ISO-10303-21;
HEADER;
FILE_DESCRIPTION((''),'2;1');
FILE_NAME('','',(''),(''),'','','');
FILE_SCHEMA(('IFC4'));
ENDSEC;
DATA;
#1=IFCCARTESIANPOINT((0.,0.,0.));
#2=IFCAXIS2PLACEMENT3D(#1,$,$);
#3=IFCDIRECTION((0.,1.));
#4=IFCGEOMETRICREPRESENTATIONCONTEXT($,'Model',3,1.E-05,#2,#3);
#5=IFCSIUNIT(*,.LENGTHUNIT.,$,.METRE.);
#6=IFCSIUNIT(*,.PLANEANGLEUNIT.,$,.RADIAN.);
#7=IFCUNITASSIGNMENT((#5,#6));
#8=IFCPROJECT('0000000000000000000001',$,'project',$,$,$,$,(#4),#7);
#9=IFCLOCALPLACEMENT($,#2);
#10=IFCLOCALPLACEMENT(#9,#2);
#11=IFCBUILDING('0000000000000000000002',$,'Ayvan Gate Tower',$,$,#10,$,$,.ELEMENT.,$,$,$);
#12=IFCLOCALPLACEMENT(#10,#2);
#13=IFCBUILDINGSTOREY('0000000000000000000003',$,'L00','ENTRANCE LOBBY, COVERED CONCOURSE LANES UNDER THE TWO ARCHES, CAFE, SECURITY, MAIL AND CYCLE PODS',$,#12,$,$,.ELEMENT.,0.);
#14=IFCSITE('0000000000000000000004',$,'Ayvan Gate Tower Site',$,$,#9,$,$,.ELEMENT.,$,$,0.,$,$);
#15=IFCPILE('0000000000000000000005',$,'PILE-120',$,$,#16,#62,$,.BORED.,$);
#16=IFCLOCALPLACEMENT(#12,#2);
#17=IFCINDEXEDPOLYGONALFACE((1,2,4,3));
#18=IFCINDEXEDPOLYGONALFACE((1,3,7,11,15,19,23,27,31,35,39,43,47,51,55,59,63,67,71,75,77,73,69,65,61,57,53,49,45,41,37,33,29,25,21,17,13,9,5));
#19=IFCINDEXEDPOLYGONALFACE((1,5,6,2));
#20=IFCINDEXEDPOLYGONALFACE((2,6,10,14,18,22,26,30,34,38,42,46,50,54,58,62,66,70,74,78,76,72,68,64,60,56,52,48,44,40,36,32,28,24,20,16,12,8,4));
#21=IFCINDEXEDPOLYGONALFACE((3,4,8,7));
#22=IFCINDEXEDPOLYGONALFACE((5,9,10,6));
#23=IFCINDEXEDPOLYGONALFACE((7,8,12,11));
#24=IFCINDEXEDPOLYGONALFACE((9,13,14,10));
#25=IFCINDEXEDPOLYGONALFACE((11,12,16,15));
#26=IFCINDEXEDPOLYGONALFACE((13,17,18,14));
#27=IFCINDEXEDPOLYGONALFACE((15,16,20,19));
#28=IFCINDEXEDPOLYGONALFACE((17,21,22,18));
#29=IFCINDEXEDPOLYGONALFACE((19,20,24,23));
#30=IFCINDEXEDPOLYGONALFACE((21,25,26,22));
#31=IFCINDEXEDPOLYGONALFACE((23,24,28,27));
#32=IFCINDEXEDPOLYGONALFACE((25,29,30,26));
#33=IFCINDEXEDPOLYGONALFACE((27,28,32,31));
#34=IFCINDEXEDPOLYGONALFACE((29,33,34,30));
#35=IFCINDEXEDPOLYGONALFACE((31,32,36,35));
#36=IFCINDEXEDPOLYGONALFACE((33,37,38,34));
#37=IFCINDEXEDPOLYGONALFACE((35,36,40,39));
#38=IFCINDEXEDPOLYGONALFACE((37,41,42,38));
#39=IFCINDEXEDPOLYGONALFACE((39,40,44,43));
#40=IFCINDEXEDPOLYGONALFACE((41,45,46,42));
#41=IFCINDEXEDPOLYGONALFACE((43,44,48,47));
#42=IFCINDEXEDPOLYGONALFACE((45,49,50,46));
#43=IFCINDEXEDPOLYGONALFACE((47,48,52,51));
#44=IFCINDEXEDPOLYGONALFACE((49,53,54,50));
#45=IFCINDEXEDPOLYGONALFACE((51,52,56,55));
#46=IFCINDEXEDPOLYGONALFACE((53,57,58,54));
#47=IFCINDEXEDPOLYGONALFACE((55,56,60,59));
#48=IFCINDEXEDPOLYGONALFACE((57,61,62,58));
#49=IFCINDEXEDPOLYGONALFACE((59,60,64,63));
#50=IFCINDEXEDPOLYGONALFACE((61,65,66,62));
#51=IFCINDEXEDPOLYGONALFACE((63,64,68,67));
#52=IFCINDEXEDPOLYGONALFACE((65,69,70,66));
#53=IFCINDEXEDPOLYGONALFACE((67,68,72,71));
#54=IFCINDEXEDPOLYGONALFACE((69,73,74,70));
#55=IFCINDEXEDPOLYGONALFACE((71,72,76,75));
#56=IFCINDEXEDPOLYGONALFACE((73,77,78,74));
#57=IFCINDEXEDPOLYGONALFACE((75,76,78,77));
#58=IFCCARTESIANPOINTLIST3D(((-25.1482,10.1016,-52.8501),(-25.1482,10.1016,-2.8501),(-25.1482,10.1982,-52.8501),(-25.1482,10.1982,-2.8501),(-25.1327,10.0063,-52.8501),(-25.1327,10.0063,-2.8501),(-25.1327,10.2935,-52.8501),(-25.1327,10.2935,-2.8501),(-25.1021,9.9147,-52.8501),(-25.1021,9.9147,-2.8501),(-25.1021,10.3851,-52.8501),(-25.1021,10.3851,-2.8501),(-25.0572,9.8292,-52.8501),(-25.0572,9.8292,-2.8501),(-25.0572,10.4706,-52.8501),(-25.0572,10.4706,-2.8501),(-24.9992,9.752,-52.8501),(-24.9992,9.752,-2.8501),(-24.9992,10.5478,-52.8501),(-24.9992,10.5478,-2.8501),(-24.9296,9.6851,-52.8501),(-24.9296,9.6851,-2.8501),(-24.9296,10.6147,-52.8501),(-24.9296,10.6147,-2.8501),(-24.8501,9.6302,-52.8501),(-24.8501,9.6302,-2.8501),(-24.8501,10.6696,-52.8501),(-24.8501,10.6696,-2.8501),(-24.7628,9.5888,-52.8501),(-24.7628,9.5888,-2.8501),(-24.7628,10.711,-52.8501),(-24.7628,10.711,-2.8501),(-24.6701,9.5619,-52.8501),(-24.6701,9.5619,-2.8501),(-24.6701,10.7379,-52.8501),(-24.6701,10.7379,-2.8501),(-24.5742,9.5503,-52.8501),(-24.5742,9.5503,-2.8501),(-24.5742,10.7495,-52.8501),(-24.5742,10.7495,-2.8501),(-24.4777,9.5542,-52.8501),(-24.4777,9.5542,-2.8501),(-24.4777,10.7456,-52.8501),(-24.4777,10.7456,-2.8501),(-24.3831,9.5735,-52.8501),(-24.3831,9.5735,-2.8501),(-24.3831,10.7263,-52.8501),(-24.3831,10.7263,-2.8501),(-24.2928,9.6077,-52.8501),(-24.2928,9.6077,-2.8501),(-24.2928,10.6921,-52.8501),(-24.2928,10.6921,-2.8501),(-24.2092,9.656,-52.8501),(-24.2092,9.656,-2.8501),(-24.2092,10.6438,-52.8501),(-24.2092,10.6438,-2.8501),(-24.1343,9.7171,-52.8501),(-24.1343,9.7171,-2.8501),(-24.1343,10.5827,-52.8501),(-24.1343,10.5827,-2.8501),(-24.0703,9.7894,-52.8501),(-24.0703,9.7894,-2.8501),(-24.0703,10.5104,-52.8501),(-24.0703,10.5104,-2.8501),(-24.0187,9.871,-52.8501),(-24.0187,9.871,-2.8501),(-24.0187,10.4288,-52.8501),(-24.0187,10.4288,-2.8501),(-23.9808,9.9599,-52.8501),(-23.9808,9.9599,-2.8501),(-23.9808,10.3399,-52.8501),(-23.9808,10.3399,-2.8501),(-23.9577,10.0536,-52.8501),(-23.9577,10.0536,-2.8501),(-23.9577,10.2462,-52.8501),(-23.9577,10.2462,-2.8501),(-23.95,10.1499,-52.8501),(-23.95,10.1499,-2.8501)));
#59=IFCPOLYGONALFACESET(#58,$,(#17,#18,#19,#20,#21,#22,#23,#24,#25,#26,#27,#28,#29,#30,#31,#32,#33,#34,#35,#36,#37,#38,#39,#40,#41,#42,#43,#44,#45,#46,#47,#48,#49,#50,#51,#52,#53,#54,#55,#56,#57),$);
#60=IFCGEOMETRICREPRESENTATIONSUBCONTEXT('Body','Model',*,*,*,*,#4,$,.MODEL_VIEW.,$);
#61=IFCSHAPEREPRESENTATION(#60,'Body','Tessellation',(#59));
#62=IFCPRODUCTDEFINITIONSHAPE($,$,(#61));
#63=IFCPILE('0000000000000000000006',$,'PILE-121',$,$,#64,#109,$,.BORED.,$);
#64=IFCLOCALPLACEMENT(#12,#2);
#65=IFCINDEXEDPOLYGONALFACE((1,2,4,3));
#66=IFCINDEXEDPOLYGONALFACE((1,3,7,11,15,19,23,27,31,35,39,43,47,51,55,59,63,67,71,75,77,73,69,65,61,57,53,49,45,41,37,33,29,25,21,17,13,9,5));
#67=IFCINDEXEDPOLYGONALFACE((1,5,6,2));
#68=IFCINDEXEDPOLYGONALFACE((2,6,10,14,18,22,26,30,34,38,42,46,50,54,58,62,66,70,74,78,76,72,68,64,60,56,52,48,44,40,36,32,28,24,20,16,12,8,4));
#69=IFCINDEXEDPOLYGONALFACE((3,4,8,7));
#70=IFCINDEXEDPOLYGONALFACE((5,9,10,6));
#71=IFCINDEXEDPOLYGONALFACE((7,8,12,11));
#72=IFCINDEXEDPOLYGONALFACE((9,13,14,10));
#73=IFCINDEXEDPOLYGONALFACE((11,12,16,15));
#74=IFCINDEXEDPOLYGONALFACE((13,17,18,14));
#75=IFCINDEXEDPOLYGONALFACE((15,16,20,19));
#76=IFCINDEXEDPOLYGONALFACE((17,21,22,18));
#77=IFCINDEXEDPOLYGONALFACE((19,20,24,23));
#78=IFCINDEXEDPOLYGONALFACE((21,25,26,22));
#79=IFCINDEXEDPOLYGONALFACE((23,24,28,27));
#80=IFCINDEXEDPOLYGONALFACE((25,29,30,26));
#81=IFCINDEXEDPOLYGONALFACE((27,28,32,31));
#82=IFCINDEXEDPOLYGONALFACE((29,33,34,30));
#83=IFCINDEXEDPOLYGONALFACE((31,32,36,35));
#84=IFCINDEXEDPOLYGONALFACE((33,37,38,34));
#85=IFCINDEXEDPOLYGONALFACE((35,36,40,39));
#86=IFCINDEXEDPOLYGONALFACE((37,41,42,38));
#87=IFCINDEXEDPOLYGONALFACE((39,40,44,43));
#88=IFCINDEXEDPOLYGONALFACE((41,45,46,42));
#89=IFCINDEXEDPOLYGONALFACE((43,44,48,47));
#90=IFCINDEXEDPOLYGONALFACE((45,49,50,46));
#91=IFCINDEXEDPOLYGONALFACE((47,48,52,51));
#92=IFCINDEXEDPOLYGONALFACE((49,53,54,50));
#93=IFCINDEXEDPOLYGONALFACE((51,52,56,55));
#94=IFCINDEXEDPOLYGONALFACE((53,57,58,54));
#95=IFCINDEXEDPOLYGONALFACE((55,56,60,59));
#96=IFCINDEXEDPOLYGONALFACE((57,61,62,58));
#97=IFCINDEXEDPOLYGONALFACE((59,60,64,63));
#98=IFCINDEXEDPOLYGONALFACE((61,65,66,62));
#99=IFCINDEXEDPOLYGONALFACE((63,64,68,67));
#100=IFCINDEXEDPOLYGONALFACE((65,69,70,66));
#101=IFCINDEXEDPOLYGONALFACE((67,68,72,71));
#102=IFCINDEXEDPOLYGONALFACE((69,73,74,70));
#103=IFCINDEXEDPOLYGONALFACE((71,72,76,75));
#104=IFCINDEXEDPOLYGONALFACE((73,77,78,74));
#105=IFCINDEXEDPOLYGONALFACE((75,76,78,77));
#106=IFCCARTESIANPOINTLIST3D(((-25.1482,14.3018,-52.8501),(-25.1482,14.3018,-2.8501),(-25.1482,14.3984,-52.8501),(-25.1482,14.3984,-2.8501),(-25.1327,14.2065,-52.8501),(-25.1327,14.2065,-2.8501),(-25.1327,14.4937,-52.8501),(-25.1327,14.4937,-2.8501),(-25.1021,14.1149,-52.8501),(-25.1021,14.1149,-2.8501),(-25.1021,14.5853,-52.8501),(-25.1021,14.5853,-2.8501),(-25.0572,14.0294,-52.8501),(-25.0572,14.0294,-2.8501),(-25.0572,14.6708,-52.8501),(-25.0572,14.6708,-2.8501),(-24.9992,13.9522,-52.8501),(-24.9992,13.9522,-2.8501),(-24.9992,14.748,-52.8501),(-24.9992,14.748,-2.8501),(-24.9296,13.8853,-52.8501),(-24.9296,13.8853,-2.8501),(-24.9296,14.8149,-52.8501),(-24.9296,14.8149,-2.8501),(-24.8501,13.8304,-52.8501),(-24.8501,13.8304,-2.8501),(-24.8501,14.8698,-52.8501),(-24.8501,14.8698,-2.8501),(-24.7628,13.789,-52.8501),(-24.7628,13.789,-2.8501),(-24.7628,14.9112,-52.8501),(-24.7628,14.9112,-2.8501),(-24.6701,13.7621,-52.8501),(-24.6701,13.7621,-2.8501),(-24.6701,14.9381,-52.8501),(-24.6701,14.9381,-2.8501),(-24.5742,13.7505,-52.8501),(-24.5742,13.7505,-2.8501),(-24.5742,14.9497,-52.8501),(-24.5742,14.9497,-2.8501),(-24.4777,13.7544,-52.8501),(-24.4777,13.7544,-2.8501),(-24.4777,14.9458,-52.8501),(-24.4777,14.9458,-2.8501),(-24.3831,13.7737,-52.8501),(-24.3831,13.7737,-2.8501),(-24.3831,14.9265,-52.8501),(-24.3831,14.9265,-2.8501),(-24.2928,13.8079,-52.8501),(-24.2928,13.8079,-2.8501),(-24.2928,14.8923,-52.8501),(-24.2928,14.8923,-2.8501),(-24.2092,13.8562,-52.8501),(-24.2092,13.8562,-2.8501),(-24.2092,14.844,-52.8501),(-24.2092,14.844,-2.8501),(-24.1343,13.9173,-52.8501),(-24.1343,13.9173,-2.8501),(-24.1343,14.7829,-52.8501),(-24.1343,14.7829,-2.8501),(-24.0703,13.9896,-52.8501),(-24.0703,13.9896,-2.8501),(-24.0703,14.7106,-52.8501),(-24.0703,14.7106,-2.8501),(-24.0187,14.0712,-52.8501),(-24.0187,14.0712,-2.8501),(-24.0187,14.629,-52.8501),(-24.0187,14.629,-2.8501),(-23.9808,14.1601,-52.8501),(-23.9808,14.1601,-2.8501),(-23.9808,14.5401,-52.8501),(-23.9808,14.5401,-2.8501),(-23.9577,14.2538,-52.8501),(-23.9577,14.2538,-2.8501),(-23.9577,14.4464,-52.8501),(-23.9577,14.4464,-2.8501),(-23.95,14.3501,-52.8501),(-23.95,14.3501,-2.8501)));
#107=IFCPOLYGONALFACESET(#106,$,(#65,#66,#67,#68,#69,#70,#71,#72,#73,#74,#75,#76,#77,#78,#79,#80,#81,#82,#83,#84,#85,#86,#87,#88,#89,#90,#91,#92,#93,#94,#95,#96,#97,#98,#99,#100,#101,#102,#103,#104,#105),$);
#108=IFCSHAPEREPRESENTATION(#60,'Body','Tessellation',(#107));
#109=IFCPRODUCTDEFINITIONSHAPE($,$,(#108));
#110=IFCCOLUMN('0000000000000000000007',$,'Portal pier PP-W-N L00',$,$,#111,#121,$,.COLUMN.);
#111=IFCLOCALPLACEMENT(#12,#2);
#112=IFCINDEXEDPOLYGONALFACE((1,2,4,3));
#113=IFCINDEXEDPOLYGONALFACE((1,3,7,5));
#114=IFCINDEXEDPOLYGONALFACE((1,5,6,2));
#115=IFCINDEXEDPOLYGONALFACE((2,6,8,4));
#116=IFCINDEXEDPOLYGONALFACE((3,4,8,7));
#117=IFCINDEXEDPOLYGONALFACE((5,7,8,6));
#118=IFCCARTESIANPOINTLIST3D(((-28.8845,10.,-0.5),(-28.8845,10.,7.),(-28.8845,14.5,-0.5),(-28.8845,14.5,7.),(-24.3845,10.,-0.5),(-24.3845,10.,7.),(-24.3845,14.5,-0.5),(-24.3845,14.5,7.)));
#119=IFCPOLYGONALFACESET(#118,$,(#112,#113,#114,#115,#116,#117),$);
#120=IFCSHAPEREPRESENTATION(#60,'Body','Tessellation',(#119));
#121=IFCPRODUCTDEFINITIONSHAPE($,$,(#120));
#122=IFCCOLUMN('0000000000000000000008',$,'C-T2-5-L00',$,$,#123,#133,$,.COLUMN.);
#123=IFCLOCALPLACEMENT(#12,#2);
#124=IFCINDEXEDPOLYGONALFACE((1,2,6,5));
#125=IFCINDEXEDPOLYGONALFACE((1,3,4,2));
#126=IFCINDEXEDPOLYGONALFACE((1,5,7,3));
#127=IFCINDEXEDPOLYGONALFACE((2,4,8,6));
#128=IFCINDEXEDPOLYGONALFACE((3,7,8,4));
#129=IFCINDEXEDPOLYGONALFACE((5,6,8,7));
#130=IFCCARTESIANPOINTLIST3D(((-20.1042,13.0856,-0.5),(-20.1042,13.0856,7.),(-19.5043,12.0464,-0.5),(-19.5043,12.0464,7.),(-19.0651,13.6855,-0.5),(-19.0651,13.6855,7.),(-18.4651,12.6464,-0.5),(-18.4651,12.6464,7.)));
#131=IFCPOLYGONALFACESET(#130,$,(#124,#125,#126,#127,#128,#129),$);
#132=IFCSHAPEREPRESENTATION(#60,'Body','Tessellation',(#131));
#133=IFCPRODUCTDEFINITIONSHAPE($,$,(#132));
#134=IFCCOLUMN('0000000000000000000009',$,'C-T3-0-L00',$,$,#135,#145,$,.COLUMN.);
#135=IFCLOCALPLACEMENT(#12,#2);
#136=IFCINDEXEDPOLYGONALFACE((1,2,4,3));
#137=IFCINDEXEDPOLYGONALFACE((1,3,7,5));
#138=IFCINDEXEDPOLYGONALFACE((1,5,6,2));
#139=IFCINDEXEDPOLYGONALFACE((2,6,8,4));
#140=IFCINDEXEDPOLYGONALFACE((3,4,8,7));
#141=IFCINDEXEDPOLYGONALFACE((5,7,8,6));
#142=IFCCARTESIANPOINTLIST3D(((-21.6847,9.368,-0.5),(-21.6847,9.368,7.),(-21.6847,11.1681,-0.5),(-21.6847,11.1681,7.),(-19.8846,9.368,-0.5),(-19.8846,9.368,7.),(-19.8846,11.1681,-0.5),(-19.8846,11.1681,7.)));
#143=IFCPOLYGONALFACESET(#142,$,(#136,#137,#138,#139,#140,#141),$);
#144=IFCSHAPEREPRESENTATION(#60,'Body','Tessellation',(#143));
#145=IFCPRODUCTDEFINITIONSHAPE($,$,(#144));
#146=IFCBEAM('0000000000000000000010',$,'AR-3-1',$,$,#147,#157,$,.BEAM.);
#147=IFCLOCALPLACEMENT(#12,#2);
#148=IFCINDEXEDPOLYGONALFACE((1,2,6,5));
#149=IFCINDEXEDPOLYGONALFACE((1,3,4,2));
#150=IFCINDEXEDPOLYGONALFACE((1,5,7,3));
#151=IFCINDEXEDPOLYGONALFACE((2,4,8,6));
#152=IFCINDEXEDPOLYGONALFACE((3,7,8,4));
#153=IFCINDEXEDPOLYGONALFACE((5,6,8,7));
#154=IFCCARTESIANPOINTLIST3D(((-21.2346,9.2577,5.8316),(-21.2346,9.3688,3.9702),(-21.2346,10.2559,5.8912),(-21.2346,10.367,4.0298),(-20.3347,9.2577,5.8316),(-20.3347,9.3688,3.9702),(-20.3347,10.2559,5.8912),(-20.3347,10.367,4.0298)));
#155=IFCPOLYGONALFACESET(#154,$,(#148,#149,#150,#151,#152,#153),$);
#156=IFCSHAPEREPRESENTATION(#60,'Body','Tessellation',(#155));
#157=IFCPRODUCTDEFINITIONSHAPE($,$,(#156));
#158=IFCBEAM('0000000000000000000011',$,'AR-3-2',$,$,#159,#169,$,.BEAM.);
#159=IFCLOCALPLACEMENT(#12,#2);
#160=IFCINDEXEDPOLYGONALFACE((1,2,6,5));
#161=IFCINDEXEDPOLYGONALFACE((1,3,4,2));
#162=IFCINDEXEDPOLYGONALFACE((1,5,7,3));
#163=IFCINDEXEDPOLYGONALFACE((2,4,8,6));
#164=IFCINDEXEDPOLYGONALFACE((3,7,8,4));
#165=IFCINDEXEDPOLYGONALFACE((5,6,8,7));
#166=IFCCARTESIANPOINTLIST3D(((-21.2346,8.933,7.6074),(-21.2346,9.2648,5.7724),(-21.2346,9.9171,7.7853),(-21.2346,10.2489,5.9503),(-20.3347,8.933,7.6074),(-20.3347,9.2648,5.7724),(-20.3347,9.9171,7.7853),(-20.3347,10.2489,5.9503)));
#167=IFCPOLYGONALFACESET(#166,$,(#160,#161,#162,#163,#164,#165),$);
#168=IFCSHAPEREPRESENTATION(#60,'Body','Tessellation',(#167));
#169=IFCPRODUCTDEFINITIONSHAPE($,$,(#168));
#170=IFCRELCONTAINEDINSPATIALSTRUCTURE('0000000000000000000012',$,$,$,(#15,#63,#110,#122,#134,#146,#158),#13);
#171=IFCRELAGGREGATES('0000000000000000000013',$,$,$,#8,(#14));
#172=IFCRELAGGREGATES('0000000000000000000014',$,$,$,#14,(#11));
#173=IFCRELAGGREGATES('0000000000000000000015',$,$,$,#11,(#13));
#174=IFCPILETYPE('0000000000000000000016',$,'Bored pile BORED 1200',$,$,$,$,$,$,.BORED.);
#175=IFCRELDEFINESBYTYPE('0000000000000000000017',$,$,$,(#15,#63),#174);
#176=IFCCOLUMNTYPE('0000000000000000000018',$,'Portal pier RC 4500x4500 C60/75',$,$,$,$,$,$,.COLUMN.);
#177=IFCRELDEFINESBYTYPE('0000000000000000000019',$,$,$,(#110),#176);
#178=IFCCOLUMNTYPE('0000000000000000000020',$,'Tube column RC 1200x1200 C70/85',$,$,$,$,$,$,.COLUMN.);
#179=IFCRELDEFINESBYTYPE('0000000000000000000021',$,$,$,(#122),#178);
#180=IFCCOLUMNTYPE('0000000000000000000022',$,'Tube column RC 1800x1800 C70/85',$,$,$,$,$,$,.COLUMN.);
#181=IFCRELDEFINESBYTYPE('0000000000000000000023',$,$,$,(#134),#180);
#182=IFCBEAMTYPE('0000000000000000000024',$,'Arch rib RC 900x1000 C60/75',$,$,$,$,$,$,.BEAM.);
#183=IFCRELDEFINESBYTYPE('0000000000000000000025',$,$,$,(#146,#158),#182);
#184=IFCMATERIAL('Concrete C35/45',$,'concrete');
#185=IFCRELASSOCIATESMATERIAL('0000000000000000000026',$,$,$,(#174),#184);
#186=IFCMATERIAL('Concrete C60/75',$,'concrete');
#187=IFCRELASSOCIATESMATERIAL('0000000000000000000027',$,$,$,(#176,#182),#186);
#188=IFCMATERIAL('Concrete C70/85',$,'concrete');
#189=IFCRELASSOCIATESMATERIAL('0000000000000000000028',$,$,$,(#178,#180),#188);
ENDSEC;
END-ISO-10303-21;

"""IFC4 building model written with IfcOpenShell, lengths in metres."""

from ifc_helpers import new_model, si_unit, direction, frame, origin, origin_2d, place, context, subcontext, project, spatial, rectangle, circle, extrude, material, material_profile, profile_set, type_object, element, save


model = new_model("IFC4")

# Units and contexts
model_context = context("Model", 3, precision=1e-05, world=origin(), true_north=direction((0.0, 1.0)))
body_context = subcontext(model_context, "Body", "Model", "MODEL_VIEW")
ifc_project = project(units=[si_unit("LENGTHUNIT", "METRE"), si_unit("PLANEANGLEUNIT", "RADIAN")], contexts=[model_context])

# Site, building, storey
site_placement = place(None, origin())
site = spatial("IfcSite", under=ifc_project, at=site_placement, Name="Ayvan Gate Tower Site", CompositionType="ELEMENT", RefElevation=0.0)
building_placement = place(site_placement, origin())
building = spatial("IfcBuilding", under=site, at=building_placement, Name="Ayvan Gate Tower", CompositionType="ELEMENT")
storey_placement = place(building_placement, origin())
storey = spatial("IfcBuildingStorey", under=building, at=storey_placement, Name="L00", Description="ENTRANCE LOBBY, COVERED CONCOURSE LANES UNDER THE TWO ARCHES, CAFE, SECURITY, MAIL AND CYCLE PODS", CompositionType="ELEMENT", Elevation=0.0)

# Piles
ifc_material_1 = material(Name="Concrete C35/45", Category="concrete")
ifc_material_profile_1 = material_profile(ifc_material_1, circle(Radius=0.6001, at=origin_2d()), Name="BORED 1200")
ifc_profile_set_1 = profile_set([ifc_material_profile_1], Name="Concrete C35/45")
pile_type = type_object("IfcPileType", Name="Bored pile BORED 1200", PredefinedType="BORED", material=ifc_profile_set_1)
for number, where, z_axis, x_axis, name in (
    (1, (-24.55, 10.1499, -2.8501), (0.0, 0.0, -1.0), (1.0, 0.0, 0.0), "PILE-120"),
    (2, (-24.55, 14.3501, -2.8501), (0.0, 0.0, -1.0), (1.0, 0.0, 0.0), "PILE-121"),
):
    element("IfcPile", number, at=place(storey_placement, frame(where, z_axis=z_axis, x_axis=x_axis)), inside=storey, type_object=pile_type, Name=name, PredefinedType="BORED", context=body_context, shape_type="SweptSolid", body=[
        extrude(circle(Radius=0.6001, at=origin_2d()), origin(), (0.0, 0.0, 1.0), 50.0),
    ])

# Columns
ifc_material_2 = material(Name="Concrete C60/75", Category="concrete")
ifc_material_profile_2 = material_profile(ifc_material_2, rectangle(XDim=4.5, YDim=4.5, at=origin_2d()), Name="RC 4500x4500")
ifc_profile_set_2 = profile_set([ifc_material_profile_2], Name="Concrete C60/75")
column_type_1 = type_object("IfcColumnType", Name="Portal pier RC 4500x4500 C60/75", PredefinedType="COLUMN", material=ifc_profile_set_2)
column_1_placement = place(storey_placement, frame((-26.6345, 12.25, -0.5), z_axis=(0.0, 0.0, 1.0), x_axis=(-1.0, 0.0, 0.0)))
element("IfcColumn", 3, at=column_1_placement, inside=storey, type_object=column_type_1, Name="Portal pier PP-W-N L00", PredefinedType="COLUMN", context=body_context, shape_type="SweptSolid", body=[
    extrude(rectangle(XDim=4.5, YDim=4.5, at=origin_2d()), origin(), (0.0, 0.0, 1.0), 7.5),
])
ifc_material_3 = material(Name="Concrete C70/85", Category="concrete")
ifc_material_profile_3 = material_profile(ifc_material_3, rectangle(XDim=1.2, YDim=1.2, at=origin_2d()), Name="RC 1200x1200")
ifc_profile_set_3 = profile_set([ifc_material_profile_3], Name="Concrete C70/85")
column_type_2 = type_object("IfcColumnType", Name="Tube column RC 1200x1200 C70/85", PredefinedType="COLUMN", material=ifc_profile_set_3)
column_2_placement = place(storey_placement, frame((-19.2847, 12.866, -0.5), z_axis=(0.0, 0.0, 1.0), x_axis=(-0.5, 0.866025, 0.0)))
element("IfcColumn", 4, at=column_2_placement, inside=storey, type_object=column_type_2, Name="C-T2-5-L00", PredefinedType="COLUMN", context=body_context, shape_type="SweptSolid", body=[
    extrude(rectangle(XDim=1.2, YDim=1.2, at=origin_2d()), origin(), (0.0, 0.0, 1.0), 7.5),
])
ifc_material_profile_4 = material_profile(ifc_material_3, rectangle(XDim=1.8, YDim=1.8, at=origin_2d()), Name="RC 1800x1800")
ifc_profile_set_4 = profile_set([ifc_material_profile_4], Name="Concrete C70/85")
column_type_3 = type_object("IfcColumnType", Name="Tube column RC 1800x1800 C70/85", PredefinedType="COLUMN", material=ifc_profile_set_4)
column_3_placement = place(storey_placement, frame((-20.7847, 10.2681, -0.5), z_axis=(0.0, 0.0, 1.0), x_axis=(-1.0, 0.0, 0.0)))
element("IfcColumn", 5, at=column_3_placement, inside=storey, type_object=column_type_3, Name="C-T3-0-L00", PredefinedType="COLUMN", context=body_context, shape_type="SweptSolid", body=[
    extrude(rectangle(XDim=1.8, YDim=1.8, at=origin_2d()), origin(), (0.0, 0.0, 1.0), 7.5),
])

# Beams
ifc_material_profile_5 = material_profile(ifc_material_2, rectangle(XDim=0.8999, YDim=1.0, at=origin_2d()), Name="RC 900x1000")
ifc_profile_set_5 = profile_set([ifc_material_profile_5], Name="Concrete C60/75")
beam_type = type_object("IfcBeamType", Name="Arch rib RC 900x1000 C60/75", PredefinedType="BEAM", material=ifc_profile_set_5)
for number, where, z_axis, x_axis, name in (
    (6, (-20.7847, 9.8679, 4.0), (0.0, -0.059574, 0.998224), (1.0, 0.0, 0.0), "AR-3-1"),
    (7, (-20.7847, 9.7568, 5.8613), (0.0, -0.177929, 0.984043), (1.0, 0.0, 0.0), "AR-3-2"),
):
    element("IfcBeam", number, at=place(storey_placement, frame(where, z_axis=z_axis, x_axis=x_axis)), inside=storey, type_object=beam_type, Name=name, PredefinedType="BEAM", context=body_context, shape_type="SweptSolid", body=[
        extrude(rectangle(XDim=0.8999, YDim=1.0, at=origin_2d()), origin(), (0.0, 0.0, 1.0), 1.8647),
    ])

save(model, "model.ifc")
